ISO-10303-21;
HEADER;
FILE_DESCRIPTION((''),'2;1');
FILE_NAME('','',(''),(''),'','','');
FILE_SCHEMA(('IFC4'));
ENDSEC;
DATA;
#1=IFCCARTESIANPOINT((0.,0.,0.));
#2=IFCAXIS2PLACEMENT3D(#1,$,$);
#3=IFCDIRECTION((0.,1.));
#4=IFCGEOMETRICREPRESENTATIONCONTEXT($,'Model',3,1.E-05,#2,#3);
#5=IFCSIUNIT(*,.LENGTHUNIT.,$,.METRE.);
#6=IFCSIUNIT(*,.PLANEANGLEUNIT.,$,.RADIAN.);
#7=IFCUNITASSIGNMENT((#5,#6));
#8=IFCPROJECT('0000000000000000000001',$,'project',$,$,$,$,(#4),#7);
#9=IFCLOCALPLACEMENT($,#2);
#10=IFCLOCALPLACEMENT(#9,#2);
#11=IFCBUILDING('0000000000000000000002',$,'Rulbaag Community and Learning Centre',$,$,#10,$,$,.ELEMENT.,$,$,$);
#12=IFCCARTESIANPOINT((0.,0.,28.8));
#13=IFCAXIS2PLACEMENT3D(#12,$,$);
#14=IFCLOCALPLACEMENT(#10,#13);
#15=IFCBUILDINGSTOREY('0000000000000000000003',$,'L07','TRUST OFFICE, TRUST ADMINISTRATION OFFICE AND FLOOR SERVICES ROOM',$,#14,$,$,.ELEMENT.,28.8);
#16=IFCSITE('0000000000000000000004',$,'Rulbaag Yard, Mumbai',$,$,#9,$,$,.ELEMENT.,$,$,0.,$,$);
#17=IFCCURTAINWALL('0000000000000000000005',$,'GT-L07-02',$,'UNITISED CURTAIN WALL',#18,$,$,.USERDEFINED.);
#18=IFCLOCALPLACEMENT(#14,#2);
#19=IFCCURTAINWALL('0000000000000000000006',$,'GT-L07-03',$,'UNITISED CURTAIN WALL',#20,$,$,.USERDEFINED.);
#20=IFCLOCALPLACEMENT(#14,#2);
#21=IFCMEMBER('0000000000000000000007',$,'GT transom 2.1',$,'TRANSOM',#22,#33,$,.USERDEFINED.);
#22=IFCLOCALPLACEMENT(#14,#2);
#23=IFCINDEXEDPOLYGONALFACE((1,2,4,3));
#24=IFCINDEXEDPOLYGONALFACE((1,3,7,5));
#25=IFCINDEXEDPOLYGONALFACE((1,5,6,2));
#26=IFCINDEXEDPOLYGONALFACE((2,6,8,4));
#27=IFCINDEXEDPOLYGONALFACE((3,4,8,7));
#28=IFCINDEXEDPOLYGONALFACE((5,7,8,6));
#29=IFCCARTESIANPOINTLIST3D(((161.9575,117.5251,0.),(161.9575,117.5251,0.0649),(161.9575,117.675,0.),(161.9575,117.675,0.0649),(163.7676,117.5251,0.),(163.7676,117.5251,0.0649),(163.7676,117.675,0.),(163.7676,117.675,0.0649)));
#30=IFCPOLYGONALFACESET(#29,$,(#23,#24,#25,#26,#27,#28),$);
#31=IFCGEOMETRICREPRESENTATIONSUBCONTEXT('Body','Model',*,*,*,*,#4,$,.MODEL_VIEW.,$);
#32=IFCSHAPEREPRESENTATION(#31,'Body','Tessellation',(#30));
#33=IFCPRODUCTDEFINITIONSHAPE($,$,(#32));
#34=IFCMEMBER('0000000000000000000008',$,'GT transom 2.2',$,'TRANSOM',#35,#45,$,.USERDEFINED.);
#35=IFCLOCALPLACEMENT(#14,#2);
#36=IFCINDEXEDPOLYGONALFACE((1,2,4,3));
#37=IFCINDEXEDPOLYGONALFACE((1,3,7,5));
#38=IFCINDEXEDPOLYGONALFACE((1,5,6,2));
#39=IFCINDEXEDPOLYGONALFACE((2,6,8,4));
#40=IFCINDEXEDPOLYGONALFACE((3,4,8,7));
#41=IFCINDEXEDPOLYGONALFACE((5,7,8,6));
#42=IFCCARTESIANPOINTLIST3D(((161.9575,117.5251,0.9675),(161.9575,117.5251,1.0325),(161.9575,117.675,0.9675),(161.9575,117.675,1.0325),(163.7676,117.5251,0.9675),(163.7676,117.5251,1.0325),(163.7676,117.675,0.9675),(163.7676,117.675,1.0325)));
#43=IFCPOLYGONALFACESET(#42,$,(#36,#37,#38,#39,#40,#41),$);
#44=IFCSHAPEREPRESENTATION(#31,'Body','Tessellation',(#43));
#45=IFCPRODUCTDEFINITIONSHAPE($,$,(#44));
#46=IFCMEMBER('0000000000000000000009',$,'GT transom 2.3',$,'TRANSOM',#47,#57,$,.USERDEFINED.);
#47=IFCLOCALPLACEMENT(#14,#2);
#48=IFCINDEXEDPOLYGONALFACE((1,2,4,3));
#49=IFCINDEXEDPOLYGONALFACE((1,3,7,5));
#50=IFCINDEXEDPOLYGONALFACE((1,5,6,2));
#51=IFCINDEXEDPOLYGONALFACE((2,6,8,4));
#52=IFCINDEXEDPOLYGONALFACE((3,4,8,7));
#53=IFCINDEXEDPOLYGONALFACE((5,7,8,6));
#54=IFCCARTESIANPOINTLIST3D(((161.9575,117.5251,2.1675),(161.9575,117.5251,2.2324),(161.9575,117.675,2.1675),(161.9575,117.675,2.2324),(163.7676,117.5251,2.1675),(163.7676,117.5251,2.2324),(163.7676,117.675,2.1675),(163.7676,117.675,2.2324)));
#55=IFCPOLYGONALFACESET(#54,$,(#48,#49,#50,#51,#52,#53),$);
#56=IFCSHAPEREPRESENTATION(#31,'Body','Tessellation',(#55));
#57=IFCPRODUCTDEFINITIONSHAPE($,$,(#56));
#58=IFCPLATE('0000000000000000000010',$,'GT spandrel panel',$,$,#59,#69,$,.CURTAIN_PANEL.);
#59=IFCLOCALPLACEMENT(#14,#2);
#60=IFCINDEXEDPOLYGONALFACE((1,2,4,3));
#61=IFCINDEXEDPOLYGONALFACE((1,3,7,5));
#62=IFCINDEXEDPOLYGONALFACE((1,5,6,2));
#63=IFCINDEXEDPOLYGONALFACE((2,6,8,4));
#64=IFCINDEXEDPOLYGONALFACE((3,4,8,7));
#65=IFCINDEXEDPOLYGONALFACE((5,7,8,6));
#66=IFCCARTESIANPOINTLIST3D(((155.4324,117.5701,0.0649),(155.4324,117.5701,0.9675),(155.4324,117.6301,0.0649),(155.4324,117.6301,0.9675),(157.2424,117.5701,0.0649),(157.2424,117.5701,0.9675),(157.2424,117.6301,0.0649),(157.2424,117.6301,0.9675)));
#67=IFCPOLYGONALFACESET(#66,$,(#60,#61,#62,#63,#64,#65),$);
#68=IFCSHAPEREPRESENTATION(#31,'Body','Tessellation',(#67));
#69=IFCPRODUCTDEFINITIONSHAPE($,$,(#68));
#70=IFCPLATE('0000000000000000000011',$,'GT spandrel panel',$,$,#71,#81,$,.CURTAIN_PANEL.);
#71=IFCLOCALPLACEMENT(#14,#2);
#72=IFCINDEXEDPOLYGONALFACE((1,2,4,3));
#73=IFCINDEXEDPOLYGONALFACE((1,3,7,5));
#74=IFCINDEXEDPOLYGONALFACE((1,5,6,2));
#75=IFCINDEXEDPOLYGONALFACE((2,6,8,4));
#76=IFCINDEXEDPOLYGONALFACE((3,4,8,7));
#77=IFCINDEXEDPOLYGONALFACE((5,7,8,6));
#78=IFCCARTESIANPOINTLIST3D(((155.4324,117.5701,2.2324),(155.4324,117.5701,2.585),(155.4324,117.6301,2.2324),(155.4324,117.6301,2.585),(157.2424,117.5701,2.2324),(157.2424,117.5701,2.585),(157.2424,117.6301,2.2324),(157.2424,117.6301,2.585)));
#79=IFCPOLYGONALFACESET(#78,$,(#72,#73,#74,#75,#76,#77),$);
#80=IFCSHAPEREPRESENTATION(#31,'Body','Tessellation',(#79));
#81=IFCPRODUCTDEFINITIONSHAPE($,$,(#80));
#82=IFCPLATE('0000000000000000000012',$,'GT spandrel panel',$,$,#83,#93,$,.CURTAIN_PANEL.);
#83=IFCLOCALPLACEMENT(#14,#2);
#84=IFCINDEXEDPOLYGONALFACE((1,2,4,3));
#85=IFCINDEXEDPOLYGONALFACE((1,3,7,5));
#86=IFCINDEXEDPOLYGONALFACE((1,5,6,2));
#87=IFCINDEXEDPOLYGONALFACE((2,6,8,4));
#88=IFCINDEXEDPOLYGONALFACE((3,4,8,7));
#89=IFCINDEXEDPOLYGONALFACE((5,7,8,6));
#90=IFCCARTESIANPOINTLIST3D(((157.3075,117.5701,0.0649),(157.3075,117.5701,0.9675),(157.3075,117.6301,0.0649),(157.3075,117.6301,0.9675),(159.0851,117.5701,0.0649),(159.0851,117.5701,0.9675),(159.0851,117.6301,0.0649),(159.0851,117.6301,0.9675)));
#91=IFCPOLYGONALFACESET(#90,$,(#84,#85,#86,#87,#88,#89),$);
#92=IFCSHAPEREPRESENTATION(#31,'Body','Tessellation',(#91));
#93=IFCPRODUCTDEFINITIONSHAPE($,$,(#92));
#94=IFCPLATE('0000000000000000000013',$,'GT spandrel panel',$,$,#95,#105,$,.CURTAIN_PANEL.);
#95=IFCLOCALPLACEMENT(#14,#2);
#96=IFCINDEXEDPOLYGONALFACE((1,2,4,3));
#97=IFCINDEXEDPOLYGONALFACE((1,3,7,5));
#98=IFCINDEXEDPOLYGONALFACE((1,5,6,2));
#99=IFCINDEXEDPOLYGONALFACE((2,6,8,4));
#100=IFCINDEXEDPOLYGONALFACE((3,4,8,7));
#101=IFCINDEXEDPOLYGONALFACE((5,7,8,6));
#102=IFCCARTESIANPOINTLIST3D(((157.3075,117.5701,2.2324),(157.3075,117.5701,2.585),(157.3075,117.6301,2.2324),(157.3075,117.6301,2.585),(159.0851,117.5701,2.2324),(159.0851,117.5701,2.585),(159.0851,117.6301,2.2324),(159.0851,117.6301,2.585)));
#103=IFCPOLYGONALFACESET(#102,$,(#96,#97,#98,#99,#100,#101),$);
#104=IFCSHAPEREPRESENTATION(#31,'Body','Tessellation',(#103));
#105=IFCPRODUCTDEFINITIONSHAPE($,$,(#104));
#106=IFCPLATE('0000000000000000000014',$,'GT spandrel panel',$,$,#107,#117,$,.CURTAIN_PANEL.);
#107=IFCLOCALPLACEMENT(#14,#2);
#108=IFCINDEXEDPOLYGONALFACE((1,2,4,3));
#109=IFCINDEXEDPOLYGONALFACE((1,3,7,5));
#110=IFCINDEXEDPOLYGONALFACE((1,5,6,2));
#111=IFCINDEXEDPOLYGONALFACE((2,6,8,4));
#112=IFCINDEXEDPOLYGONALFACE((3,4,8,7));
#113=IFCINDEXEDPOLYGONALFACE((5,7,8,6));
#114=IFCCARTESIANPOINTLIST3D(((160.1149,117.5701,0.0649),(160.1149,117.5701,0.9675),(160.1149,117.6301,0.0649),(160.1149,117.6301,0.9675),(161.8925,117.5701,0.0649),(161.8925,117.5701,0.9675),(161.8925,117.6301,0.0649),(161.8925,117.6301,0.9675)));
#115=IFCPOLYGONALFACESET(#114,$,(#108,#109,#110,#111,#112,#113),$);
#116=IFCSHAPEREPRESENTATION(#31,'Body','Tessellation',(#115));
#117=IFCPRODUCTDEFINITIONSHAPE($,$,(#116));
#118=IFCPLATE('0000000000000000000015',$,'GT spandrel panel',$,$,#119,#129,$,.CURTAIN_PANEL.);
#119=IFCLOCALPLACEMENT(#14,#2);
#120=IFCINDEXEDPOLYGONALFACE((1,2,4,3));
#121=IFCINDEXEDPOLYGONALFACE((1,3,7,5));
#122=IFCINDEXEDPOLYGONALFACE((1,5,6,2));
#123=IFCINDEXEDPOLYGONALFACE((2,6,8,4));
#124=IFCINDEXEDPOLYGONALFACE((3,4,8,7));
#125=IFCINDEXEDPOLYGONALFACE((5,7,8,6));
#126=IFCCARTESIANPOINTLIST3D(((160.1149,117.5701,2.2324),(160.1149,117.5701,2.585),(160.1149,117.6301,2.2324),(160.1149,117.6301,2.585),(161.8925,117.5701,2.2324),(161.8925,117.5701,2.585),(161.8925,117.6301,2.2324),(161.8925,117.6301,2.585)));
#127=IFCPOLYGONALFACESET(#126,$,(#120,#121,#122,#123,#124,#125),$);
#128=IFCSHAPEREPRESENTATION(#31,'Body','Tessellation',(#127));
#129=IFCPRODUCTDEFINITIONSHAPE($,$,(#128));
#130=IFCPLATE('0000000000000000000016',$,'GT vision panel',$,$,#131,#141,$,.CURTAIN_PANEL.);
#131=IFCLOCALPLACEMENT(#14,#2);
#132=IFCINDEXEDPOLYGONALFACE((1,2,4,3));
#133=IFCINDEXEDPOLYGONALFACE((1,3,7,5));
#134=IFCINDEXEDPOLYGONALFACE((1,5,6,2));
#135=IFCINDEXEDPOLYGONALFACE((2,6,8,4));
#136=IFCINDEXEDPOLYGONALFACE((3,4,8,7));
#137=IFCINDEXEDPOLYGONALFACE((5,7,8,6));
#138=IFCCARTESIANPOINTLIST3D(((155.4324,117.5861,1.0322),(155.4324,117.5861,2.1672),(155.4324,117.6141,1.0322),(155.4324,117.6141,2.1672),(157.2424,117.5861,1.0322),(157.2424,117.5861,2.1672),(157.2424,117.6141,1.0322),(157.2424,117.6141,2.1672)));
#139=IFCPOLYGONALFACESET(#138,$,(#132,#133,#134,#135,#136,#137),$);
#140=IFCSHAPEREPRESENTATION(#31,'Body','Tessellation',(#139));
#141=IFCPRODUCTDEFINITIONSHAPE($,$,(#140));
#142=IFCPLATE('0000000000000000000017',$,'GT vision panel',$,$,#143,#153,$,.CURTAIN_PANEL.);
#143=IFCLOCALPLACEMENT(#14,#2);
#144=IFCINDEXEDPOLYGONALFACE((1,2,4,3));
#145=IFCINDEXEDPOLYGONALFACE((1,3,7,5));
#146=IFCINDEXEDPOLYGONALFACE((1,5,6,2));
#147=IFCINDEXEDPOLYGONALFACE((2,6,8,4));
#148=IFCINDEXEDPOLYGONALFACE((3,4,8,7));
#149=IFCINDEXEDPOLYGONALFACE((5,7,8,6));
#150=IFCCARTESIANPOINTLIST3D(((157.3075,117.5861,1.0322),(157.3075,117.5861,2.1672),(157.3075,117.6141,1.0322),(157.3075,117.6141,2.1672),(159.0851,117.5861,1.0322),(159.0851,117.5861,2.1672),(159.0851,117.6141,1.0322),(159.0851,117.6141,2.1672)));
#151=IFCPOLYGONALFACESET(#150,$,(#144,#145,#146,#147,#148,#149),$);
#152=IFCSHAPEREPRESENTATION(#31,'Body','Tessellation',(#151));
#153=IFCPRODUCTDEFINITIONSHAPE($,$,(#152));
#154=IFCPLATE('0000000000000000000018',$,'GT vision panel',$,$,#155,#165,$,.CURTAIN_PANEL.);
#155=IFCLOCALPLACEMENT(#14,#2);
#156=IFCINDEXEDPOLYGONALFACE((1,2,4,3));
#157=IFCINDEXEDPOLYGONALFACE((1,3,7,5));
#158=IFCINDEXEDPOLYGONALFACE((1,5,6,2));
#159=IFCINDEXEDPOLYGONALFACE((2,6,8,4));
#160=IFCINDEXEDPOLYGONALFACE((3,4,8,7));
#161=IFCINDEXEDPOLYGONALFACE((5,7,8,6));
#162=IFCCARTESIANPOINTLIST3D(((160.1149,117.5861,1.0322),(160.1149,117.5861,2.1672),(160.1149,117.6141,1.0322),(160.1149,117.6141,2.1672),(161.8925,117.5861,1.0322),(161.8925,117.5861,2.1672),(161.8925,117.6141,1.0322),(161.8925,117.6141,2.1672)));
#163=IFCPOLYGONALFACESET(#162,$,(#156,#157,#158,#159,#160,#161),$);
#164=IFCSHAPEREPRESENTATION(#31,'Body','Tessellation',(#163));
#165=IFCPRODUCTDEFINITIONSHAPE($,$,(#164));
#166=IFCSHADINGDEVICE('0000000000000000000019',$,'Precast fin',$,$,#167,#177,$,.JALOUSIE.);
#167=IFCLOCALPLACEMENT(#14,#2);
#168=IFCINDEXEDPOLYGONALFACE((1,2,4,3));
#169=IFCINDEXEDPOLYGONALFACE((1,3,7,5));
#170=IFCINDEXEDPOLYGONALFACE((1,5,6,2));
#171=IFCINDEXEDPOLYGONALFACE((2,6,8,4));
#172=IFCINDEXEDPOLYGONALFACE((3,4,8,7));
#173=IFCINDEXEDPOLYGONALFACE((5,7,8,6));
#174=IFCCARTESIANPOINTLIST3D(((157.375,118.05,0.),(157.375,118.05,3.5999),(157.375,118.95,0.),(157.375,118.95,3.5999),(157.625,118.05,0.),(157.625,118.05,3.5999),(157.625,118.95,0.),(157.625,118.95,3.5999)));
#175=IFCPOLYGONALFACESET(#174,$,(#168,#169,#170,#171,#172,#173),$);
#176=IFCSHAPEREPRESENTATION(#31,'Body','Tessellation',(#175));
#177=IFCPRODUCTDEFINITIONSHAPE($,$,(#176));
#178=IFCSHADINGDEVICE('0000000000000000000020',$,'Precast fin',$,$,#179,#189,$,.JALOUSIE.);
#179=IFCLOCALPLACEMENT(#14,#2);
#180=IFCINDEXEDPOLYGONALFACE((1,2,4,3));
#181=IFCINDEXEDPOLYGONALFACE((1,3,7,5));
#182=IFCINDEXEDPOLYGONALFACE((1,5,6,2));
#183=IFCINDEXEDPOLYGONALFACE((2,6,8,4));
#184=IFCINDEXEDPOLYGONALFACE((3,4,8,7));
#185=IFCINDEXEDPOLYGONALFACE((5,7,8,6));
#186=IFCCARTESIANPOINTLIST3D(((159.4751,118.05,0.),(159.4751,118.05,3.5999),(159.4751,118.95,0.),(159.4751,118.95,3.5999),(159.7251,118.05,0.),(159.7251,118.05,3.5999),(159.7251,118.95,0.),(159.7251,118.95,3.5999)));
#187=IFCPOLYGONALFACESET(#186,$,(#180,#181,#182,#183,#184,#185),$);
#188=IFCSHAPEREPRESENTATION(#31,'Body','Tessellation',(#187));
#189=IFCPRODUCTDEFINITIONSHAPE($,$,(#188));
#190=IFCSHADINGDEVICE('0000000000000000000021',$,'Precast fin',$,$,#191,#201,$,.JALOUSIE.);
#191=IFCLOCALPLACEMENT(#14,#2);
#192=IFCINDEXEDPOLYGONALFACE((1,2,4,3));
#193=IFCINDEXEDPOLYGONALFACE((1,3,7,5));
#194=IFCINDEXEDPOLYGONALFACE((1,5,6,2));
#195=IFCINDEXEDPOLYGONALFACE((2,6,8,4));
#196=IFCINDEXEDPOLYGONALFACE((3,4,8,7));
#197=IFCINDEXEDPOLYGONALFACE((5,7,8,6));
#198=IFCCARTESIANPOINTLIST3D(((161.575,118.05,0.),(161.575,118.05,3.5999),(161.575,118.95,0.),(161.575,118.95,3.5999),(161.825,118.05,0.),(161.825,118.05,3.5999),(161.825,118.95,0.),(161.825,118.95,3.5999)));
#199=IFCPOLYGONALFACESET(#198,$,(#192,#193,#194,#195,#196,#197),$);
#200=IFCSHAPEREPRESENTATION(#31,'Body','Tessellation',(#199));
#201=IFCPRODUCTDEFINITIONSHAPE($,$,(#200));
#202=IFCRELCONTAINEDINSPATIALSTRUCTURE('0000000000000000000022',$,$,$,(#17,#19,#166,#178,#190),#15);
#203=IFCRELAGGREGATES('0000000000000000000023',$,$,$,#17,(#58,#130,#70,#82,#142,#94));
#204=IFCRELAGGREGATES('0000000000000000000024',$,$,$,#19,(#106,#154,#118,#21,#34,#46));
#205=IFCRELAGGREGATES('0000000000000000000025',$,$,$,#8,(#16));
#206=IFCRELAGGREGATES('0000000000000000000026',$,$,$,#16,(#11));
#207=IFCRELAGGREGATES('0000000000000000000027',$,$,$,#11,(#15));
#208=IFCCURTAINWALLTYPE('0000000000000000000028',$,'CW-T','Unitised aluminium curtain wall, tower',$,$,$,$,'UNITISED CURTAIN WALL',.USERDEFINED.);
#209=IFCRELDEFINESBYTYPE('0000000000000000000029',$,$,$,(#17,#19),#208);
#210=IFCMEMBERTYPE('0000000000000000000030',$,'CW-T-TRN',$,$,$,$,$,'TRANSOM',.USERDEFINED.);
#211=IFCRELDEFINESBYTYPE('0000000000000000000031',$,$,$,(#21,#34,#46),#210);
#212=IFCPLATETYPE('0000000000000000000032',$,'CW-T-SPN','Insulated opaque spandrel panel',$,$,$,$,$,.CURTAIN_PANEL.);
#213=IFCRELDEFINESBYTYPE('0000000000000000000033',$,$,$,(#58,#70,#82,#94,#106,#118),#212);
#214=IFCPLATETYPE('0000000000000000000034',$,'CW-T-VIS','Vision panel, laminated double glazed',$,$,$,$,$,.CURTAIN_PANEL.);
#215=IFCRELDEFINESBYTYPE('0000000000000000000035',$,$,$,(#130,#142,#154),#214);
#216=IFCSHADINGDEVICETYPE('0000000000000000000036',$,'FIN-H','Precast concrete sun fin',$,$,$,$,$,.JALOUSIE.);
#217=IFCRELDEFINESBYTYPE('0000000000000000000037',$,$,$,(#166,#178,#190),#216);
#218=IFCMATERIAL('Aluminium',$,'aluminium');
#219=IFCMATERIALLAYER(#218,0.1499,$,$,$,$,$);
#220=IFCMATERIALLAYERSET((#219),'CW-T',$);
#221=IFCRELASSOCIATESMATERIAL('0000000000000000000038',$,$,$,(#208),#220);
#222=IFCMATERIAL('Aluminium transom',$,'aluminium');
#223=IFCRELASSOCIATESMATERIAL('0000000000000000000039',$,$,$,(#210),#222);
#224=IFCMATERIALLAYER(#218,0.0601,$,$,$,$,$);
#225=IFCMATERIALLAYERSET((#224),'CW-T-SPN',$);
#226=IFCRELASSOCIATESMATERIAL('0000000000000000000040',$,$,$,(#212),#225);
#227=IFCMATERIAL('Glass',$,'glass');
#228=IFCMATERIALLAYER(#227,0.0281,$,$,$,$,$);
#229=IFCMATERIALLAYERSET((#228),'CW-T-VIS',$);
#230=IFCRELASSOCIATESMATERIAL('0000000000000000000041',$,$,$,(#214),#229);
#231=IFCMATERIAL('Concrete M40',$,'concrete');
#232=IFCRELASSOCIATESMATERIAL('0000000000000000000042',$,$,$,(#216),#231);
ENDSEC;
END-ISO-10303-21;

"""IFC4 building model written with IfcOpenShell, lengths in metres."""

from ifc_helpers import new_model, si_unit, direction, frame, origin, origin_2d, place, context, subcontext, project, spatial, rectangle, extrude, material, layer, layer_set, material_profile, profile_set, type_object, element, aggregate, save


model = new_model("IFC4")

# Units and contexts
model_context = context("Model", 3, precision=1e-05, world=origin(), true_north=direction((0.0, 1.0)))
body_context = subcontext(model_context, "Body", "Model", "MODEL_VIEW")
ifc_project = project(units=[si_unit("LENGTHUNIT", "METRE"), si_unit("PLANEANGLEUNIT", "RADIAN")], contexts=[model_context])

# Site, building, storey
site_placement = place(None, origin())
site = spatial("IfcSite", under=ifc_project, at=site_placement, Name="Rulbaag Yard, Mumbai", CompositionType="ELEMENT", RefElevation=0.0)
building_placement = place(site_placement, origin())
building = spatial("IfcBuilding", under=site, at=building_placement, Name="Rulbaag Community and Learning Centre", CompositionType="ELEMENT")
storey_placement = place(building_placement, frame((0.0, 0.0, 28.8)))
storey = spatial("IfcBuildingStorey", under=building, at=storey_placement, Name="L07", Description="TRUST OFFICE, TRUST ADMINISTRATION OFFICE AND FLOOR SERVICES ROOM", CompositionType="ELEMENT", Elevation=28.8)

# Shared definitions
ifc_material_1 = material(Name="Concrete M40", Category="concrete")

# Curtain walls
ifc_material_2 = material(Name="Aluminium", Category="aluminium")
ifc_layer_1 = layer(ifc_material_2, 0.1499)
ifc_layer_set_1 = layer_set([ifc_layer_1], Name="CW-T")
curtain_wall_type = type_object("IfcCurtainWallType", Name="CW-T", Description="Unitised aluminium curtain wall, tower", ElementType="UNITISED CURTAIN WALL", PredefinedType="USERDEFINED", material=ifc_layer_set_1)
curtain_wall_1_placement = place(storey_placement, origin())
curtain_wall_1 = element("IfcCurtainWall", 1, at=curtain_wall_1_placement, inside=storey, type_object=curtain_wall_type, Name="GT-L07-02", ObjectType="UNITISED CURTAIN WALL", PredefinedType="USERDEFINED")
curtain_wall_2_placement = place(storey_placement, origin())
curtain_wall_2 = element("IfcCurtainWall", 2, at=curtain_wall_2_placement, inside=storey, type_object=curtain_wall_type, Name="GT-L07-03", ObjectType="UNITISED CURTAIN WALL", PredefinedType="USERDEFINED")

# Members
ifc_material_3 = material(Name="Aluminium transom", Category="aluminium")
ifc_material_profile_1 = material_profile(ifc_material_3, rectangle(XDim=0.1499, YDim=0.0649, at=origin_2d()), Name="AL 65x150 T")
ifc_profile_set_1 = profile_set([ifc_material_profile_1], Name="Aluminium transom")
member_type_1 = type_object("IfcMemberType", Name="CW-T-TRN", ElementType="TRANSOM", PredefinedType="USERDEFINED", material=ifc_profile_set_1)
member_1_placement = place(storey_placement, frame((161.9575, 117.6001, 0.0325), z_axis=(1.0, 0.0, 0.0), x_axis=(0.0, 1.0, 0.0)))
member_1 = element("IfcMember", 3, at=member_1_placement, type_object=member_type_1, Name="GT transom 2.1", ObjectType="TRANSOM", PredefinedType="USERDEFINED", context=body_context, shape_type="SweptSolid", body=[
    extrude(rectangle(XDim=0.1499, YDim=0.0649, at=origin_2d()), origin(), (0.0, 0.0, 1.0), 1.8101),
])
member_2_placement = place(storey_placement, frame((161.9575, 117.6001, 1.0), z_axis=(1.0, 0.0, 0.0), x_axis=(0.0, 1.0, 0.0)))
member_2 = element("IfcMember", 4, at=member_2_placement, type_object=member_type_1, Name="GT transom 2.2", ObjectType="TRANSOM", PredefinedType="USERDEFINED", context=body_context, shape_type="SweptSolid", body=[
    extrude(rectangle(XDim=0.1499, YDim=0.0649, at=origin_2d()), origin(), (0.0, 0.0, 1.0), 1.8101),
])
member_3_placement = place(storey_placement, frame((161.9575, 117.6001, 2.2), z_axis=(1.0, 0.0, 0.0), x_axis=(0.0, 1.0, 0.0)))
member_3 = element("IfcMember", 5, at=member_3_placement, type_object=member_type_1, Name="GT transom 2.3", ObjectType="TRANSOM", PredefinedType="USERDEFINED", context=body_context, shape_type="SweptSolid", body=[
    extrude(rectangle(XDim=0.1499, YDim=0.0649, at=origin_2d()), origin(), (0.0, 0.0, 1.0), 1.8101),
])

# Plates
ifc_layer_2 = layer(ifc_material_2, 0.0601)
ifc_layer_set_2 = layer_set([ifc_layer_2], Name="CW-T-SPN")
plate_type_1 = type_object("IfcPlateType", Name="CW-T-SPN", Description="Insulated opaque spandrel panel", PredefinedType="CURTAIN_PANEL", material=ifc_layer_set_2)
plate_1_placement = place(storey_placement, frame((156.3374, 117.6001, 0.0649), z_axis=(0.0, 0.0, 1.0), x_axis=(1.0, 0.0, 0.0)))
plate_1 = element("IfcPlate", 6, at=plate_1_placement, type_object=plate_type_1, Name="GT spandrel panel", PredefinedType="CURTAIN_PANEL", context=body_context, shape_type="SweptSolid", body=[
    extrude(rectangle(XDim=1.8101, YDim=0.0601, at=origin_2d()), origin(), (0.0, 0.0, 1.0), 0.9026),
])
plate_2_placement = place(storey_placement, frame((156.3374, 117.6001, 2.2324), z_axis=(0.0, 0.0, 1.0), x_axis=(1.0, 0.0, 0.0)))
plate_2 = element("IfcPlate", 7, at=plate_2_placement, type_object=plate_type_1, Name="GT spandrel panel", PredefinedType="CURTAIN_PANEL", context=body_context, shape_type="SweptSolid", body=[
    extrude(rectangle(XDim=1.8101, YDim=0.0601, at=origin_2d()), origin(), (0.0, 0.0, 1.0), 0.3525),
])
plate_3_placement = place(storey_placement, frame((158.1963, 117.6001, 0.0649), z_axis=(0.0, 0.0, 1.0), x_axis=(1.0, 0.0, 0.0)))
plate_3 = element("IfcPlate", 8, at=plate_3_placement, type_object=plate_type_1, Name="GT spandrel panel", PredefinedType="CURTAIN_PANEL", context=body_context, shape_type="SweptSolid", body=[
    extrude(rectangle(XDim=1.7776, YDim=0.0601, at=origin_2d()), origin(), (0.0, 0.0, 1.0), 0.9026),
])
plate_4_placement = place(storey_placement, frame((158.1963, 117.6001, 2.2324), z_axis=(0.0, 0.0, 1.0), x_axis=(1.0, 0.0, 0.0)))
plate_4 = element("IfcPlate", 9, at=plate_4_placement, type_object=plate_type_1, Name="GT spandrel panel", PredefinedType="CURTAIN_PANEL", context=body_context, shape_type="SweptSolid", body=[
    extrude(rectangle(XDim=1.7776, YDim=0.0601, at=origin_2d()), origin(), (0.0, 0.0, 1.0), 0.3525),
])
plate_5_placement = place(storey_placement, frame((161.0037, 117.6001, 0.0649), z_axis=(0.0, 0.0, 1.0), x_axis=(1.0, 0.0, 0.0)))
plate_5 = element("IfcPlate", 10, at=plate_5_placement, type_object=plate_type_1, Name="GT spandrel panel", PredefinedType="CURTAIN_PANEL", context=body_context, shape_type="SweptSolid", body=[
    extrude(rectangle(XDim=1.7776, YDim=0.0601, at=origin_2d()), origin(), (0.0, 0.0, 1.0), 0.9026),
])
plate_6_placement = place(storey_placement, frame((161.0037, 117.6001, 2.2324), z_axis=(0.0, 0.0, 1.0), x_axis=(1.0, 0.0, 0.0)))
plate_6 = element("IfcPlate", 11, at=plate_6_placement, type_object=plate_type_1, Name="GT spandrel panel", PredefinedType="CURTAIN_PANEL", context=body_context, shape_type="SweptSolid", body=[
    extrude(rectangle(XDim=1.7776, YDim=0.0601, at=origin_2d()), origin(), (0.0, 0.0, 1.0), 0.3525),
])
ifc_material_4 = material(Name="Glass", Category="glass")
ifc_layer_3 = layer(ifc_material_4, 0.0281)
ifc_layer_set_3 = layer_set([ifc_layer_3], Name="CW-T-VIS")
plate_type_2 = type_object("IfcPlateType", Name="CW-T-VIS", Description="Vision panel, laminated double glazed", PredefinedType="CURTAIN_PANEL", material=ifc_layer_set_3)
plate_7_placement = place(storey_placement, frame((156.3374, 117.6001, 1.0322), z_axis=(0.0, 0.0, 1.0), x_axis=(1.0, 0.0, 0.0)))
plate_7 = element("IfcPlate", 12, at=plate_7_placement, type_object=plate_type_2, Name="GT vision panel", PredefinedType="CURTAIN_PANEL", context=body_context, shape_type="SweptSolid", body=[
    extrude(rectangle(XDim=1.8101, YDim=0.0281, at=origin_2d()), origin(), (0.0, 0.0, 1.0), 1.135),
])
plate_8_placement = place(storey_placement, frame((158.1963, 117.6001, 1.0322), z_axis=(0.0, 0.0, 1.0), x_axis=(1.0, 0.0, 0.0)))
plate_8 = element("IfcPlate", 13, at=plate_8_placement, type_object=plate_type_2, Name="GT vision panel", PredefinedType="CURTAIN_PANEL", context=body_context, shape_type="SweptSolid", body=[
    extrude(rectangle(XDim=1.7776, YDim=0.0281, at=origin_2d()), origin(), (0.0, 0.0, 1.0), 1.135),
])
aggregate(curtain_wall_1, [plate_1, plate_7, plate_2, plate_3, plate_8, plate_4])
plate_9_placement = place(storey_placement, frame((161.0037, 117.6001, 1.0322), z_axis=(0.0, 0.0, 1.0), x_axis=(1.0, 0.0, 0.0)))
plate_9 = element("IfcPlate", 14, at=plate_9_placement, type_object=plate_type_2, Name="GT vision panel", PredefinedType="CURTAIN_PANEL", context=body_context, shape_type="SweptSolid", body=[
    extrude(rectangle(XDim=1.7776, YDim=0.0281, at=origin_2d()), origin(), (0.0, 0.0, 1.0), 1.135),
])
aggregate(curtain_wall_2, [plate_5, plate_9, plate_6, member_1, member_2, member_3])

# Shading devices
ifc_material_profile_2 = material_profile(ifc_material_1, rectangle(XDim=0.25, YDim=0.8999, at=origin_2d()), Name="PC 250x900")
ifc_profile_set_2 = profile_set([ifc_material_profile_2], Name="Concrete M40")
shading_device_type = type_object("IfcShadingDeviceType", Name="FIN-H", Description="Precast concrete sun fin", PredefinedType="JALOUSIE", material=ifc_profile_set_2)
for number, where, z_axis, x_axis, name in (
    (15, (157.5, 118.5, 0.0), (0.0, 0.0, 1.0), (1.0, 0.0, 0.0), "Precast fin"),
    (16, (159.6001, 118.5, 0.0), (0.0, 0.0, 1.0), (1.0, 0.0, 0.0), "Precast fin"),
    (17, (161.7, 118.5, 0.0), (0.0, 0.0, 1.0), (1.0, 0.0, 0.0), "Precast fin"),
):
    element("IfcShadingDevice", number, at=place(storey_placement, frame(where, z_axis=z_axis, x_axis=x_axis)), inside=storey, type_object=shading_device_type, Name=name, PredefinedType="JALOUSIE", context=body_context, shape_type="SweptSolid", body=[
        extrude(rectangle(XDim=0.25, YDim=0.8999, at=origin_2d()), origin(), (0.0, 0.0, 1.0), 3.5999),
    ])

save(model, "model.ifc")
